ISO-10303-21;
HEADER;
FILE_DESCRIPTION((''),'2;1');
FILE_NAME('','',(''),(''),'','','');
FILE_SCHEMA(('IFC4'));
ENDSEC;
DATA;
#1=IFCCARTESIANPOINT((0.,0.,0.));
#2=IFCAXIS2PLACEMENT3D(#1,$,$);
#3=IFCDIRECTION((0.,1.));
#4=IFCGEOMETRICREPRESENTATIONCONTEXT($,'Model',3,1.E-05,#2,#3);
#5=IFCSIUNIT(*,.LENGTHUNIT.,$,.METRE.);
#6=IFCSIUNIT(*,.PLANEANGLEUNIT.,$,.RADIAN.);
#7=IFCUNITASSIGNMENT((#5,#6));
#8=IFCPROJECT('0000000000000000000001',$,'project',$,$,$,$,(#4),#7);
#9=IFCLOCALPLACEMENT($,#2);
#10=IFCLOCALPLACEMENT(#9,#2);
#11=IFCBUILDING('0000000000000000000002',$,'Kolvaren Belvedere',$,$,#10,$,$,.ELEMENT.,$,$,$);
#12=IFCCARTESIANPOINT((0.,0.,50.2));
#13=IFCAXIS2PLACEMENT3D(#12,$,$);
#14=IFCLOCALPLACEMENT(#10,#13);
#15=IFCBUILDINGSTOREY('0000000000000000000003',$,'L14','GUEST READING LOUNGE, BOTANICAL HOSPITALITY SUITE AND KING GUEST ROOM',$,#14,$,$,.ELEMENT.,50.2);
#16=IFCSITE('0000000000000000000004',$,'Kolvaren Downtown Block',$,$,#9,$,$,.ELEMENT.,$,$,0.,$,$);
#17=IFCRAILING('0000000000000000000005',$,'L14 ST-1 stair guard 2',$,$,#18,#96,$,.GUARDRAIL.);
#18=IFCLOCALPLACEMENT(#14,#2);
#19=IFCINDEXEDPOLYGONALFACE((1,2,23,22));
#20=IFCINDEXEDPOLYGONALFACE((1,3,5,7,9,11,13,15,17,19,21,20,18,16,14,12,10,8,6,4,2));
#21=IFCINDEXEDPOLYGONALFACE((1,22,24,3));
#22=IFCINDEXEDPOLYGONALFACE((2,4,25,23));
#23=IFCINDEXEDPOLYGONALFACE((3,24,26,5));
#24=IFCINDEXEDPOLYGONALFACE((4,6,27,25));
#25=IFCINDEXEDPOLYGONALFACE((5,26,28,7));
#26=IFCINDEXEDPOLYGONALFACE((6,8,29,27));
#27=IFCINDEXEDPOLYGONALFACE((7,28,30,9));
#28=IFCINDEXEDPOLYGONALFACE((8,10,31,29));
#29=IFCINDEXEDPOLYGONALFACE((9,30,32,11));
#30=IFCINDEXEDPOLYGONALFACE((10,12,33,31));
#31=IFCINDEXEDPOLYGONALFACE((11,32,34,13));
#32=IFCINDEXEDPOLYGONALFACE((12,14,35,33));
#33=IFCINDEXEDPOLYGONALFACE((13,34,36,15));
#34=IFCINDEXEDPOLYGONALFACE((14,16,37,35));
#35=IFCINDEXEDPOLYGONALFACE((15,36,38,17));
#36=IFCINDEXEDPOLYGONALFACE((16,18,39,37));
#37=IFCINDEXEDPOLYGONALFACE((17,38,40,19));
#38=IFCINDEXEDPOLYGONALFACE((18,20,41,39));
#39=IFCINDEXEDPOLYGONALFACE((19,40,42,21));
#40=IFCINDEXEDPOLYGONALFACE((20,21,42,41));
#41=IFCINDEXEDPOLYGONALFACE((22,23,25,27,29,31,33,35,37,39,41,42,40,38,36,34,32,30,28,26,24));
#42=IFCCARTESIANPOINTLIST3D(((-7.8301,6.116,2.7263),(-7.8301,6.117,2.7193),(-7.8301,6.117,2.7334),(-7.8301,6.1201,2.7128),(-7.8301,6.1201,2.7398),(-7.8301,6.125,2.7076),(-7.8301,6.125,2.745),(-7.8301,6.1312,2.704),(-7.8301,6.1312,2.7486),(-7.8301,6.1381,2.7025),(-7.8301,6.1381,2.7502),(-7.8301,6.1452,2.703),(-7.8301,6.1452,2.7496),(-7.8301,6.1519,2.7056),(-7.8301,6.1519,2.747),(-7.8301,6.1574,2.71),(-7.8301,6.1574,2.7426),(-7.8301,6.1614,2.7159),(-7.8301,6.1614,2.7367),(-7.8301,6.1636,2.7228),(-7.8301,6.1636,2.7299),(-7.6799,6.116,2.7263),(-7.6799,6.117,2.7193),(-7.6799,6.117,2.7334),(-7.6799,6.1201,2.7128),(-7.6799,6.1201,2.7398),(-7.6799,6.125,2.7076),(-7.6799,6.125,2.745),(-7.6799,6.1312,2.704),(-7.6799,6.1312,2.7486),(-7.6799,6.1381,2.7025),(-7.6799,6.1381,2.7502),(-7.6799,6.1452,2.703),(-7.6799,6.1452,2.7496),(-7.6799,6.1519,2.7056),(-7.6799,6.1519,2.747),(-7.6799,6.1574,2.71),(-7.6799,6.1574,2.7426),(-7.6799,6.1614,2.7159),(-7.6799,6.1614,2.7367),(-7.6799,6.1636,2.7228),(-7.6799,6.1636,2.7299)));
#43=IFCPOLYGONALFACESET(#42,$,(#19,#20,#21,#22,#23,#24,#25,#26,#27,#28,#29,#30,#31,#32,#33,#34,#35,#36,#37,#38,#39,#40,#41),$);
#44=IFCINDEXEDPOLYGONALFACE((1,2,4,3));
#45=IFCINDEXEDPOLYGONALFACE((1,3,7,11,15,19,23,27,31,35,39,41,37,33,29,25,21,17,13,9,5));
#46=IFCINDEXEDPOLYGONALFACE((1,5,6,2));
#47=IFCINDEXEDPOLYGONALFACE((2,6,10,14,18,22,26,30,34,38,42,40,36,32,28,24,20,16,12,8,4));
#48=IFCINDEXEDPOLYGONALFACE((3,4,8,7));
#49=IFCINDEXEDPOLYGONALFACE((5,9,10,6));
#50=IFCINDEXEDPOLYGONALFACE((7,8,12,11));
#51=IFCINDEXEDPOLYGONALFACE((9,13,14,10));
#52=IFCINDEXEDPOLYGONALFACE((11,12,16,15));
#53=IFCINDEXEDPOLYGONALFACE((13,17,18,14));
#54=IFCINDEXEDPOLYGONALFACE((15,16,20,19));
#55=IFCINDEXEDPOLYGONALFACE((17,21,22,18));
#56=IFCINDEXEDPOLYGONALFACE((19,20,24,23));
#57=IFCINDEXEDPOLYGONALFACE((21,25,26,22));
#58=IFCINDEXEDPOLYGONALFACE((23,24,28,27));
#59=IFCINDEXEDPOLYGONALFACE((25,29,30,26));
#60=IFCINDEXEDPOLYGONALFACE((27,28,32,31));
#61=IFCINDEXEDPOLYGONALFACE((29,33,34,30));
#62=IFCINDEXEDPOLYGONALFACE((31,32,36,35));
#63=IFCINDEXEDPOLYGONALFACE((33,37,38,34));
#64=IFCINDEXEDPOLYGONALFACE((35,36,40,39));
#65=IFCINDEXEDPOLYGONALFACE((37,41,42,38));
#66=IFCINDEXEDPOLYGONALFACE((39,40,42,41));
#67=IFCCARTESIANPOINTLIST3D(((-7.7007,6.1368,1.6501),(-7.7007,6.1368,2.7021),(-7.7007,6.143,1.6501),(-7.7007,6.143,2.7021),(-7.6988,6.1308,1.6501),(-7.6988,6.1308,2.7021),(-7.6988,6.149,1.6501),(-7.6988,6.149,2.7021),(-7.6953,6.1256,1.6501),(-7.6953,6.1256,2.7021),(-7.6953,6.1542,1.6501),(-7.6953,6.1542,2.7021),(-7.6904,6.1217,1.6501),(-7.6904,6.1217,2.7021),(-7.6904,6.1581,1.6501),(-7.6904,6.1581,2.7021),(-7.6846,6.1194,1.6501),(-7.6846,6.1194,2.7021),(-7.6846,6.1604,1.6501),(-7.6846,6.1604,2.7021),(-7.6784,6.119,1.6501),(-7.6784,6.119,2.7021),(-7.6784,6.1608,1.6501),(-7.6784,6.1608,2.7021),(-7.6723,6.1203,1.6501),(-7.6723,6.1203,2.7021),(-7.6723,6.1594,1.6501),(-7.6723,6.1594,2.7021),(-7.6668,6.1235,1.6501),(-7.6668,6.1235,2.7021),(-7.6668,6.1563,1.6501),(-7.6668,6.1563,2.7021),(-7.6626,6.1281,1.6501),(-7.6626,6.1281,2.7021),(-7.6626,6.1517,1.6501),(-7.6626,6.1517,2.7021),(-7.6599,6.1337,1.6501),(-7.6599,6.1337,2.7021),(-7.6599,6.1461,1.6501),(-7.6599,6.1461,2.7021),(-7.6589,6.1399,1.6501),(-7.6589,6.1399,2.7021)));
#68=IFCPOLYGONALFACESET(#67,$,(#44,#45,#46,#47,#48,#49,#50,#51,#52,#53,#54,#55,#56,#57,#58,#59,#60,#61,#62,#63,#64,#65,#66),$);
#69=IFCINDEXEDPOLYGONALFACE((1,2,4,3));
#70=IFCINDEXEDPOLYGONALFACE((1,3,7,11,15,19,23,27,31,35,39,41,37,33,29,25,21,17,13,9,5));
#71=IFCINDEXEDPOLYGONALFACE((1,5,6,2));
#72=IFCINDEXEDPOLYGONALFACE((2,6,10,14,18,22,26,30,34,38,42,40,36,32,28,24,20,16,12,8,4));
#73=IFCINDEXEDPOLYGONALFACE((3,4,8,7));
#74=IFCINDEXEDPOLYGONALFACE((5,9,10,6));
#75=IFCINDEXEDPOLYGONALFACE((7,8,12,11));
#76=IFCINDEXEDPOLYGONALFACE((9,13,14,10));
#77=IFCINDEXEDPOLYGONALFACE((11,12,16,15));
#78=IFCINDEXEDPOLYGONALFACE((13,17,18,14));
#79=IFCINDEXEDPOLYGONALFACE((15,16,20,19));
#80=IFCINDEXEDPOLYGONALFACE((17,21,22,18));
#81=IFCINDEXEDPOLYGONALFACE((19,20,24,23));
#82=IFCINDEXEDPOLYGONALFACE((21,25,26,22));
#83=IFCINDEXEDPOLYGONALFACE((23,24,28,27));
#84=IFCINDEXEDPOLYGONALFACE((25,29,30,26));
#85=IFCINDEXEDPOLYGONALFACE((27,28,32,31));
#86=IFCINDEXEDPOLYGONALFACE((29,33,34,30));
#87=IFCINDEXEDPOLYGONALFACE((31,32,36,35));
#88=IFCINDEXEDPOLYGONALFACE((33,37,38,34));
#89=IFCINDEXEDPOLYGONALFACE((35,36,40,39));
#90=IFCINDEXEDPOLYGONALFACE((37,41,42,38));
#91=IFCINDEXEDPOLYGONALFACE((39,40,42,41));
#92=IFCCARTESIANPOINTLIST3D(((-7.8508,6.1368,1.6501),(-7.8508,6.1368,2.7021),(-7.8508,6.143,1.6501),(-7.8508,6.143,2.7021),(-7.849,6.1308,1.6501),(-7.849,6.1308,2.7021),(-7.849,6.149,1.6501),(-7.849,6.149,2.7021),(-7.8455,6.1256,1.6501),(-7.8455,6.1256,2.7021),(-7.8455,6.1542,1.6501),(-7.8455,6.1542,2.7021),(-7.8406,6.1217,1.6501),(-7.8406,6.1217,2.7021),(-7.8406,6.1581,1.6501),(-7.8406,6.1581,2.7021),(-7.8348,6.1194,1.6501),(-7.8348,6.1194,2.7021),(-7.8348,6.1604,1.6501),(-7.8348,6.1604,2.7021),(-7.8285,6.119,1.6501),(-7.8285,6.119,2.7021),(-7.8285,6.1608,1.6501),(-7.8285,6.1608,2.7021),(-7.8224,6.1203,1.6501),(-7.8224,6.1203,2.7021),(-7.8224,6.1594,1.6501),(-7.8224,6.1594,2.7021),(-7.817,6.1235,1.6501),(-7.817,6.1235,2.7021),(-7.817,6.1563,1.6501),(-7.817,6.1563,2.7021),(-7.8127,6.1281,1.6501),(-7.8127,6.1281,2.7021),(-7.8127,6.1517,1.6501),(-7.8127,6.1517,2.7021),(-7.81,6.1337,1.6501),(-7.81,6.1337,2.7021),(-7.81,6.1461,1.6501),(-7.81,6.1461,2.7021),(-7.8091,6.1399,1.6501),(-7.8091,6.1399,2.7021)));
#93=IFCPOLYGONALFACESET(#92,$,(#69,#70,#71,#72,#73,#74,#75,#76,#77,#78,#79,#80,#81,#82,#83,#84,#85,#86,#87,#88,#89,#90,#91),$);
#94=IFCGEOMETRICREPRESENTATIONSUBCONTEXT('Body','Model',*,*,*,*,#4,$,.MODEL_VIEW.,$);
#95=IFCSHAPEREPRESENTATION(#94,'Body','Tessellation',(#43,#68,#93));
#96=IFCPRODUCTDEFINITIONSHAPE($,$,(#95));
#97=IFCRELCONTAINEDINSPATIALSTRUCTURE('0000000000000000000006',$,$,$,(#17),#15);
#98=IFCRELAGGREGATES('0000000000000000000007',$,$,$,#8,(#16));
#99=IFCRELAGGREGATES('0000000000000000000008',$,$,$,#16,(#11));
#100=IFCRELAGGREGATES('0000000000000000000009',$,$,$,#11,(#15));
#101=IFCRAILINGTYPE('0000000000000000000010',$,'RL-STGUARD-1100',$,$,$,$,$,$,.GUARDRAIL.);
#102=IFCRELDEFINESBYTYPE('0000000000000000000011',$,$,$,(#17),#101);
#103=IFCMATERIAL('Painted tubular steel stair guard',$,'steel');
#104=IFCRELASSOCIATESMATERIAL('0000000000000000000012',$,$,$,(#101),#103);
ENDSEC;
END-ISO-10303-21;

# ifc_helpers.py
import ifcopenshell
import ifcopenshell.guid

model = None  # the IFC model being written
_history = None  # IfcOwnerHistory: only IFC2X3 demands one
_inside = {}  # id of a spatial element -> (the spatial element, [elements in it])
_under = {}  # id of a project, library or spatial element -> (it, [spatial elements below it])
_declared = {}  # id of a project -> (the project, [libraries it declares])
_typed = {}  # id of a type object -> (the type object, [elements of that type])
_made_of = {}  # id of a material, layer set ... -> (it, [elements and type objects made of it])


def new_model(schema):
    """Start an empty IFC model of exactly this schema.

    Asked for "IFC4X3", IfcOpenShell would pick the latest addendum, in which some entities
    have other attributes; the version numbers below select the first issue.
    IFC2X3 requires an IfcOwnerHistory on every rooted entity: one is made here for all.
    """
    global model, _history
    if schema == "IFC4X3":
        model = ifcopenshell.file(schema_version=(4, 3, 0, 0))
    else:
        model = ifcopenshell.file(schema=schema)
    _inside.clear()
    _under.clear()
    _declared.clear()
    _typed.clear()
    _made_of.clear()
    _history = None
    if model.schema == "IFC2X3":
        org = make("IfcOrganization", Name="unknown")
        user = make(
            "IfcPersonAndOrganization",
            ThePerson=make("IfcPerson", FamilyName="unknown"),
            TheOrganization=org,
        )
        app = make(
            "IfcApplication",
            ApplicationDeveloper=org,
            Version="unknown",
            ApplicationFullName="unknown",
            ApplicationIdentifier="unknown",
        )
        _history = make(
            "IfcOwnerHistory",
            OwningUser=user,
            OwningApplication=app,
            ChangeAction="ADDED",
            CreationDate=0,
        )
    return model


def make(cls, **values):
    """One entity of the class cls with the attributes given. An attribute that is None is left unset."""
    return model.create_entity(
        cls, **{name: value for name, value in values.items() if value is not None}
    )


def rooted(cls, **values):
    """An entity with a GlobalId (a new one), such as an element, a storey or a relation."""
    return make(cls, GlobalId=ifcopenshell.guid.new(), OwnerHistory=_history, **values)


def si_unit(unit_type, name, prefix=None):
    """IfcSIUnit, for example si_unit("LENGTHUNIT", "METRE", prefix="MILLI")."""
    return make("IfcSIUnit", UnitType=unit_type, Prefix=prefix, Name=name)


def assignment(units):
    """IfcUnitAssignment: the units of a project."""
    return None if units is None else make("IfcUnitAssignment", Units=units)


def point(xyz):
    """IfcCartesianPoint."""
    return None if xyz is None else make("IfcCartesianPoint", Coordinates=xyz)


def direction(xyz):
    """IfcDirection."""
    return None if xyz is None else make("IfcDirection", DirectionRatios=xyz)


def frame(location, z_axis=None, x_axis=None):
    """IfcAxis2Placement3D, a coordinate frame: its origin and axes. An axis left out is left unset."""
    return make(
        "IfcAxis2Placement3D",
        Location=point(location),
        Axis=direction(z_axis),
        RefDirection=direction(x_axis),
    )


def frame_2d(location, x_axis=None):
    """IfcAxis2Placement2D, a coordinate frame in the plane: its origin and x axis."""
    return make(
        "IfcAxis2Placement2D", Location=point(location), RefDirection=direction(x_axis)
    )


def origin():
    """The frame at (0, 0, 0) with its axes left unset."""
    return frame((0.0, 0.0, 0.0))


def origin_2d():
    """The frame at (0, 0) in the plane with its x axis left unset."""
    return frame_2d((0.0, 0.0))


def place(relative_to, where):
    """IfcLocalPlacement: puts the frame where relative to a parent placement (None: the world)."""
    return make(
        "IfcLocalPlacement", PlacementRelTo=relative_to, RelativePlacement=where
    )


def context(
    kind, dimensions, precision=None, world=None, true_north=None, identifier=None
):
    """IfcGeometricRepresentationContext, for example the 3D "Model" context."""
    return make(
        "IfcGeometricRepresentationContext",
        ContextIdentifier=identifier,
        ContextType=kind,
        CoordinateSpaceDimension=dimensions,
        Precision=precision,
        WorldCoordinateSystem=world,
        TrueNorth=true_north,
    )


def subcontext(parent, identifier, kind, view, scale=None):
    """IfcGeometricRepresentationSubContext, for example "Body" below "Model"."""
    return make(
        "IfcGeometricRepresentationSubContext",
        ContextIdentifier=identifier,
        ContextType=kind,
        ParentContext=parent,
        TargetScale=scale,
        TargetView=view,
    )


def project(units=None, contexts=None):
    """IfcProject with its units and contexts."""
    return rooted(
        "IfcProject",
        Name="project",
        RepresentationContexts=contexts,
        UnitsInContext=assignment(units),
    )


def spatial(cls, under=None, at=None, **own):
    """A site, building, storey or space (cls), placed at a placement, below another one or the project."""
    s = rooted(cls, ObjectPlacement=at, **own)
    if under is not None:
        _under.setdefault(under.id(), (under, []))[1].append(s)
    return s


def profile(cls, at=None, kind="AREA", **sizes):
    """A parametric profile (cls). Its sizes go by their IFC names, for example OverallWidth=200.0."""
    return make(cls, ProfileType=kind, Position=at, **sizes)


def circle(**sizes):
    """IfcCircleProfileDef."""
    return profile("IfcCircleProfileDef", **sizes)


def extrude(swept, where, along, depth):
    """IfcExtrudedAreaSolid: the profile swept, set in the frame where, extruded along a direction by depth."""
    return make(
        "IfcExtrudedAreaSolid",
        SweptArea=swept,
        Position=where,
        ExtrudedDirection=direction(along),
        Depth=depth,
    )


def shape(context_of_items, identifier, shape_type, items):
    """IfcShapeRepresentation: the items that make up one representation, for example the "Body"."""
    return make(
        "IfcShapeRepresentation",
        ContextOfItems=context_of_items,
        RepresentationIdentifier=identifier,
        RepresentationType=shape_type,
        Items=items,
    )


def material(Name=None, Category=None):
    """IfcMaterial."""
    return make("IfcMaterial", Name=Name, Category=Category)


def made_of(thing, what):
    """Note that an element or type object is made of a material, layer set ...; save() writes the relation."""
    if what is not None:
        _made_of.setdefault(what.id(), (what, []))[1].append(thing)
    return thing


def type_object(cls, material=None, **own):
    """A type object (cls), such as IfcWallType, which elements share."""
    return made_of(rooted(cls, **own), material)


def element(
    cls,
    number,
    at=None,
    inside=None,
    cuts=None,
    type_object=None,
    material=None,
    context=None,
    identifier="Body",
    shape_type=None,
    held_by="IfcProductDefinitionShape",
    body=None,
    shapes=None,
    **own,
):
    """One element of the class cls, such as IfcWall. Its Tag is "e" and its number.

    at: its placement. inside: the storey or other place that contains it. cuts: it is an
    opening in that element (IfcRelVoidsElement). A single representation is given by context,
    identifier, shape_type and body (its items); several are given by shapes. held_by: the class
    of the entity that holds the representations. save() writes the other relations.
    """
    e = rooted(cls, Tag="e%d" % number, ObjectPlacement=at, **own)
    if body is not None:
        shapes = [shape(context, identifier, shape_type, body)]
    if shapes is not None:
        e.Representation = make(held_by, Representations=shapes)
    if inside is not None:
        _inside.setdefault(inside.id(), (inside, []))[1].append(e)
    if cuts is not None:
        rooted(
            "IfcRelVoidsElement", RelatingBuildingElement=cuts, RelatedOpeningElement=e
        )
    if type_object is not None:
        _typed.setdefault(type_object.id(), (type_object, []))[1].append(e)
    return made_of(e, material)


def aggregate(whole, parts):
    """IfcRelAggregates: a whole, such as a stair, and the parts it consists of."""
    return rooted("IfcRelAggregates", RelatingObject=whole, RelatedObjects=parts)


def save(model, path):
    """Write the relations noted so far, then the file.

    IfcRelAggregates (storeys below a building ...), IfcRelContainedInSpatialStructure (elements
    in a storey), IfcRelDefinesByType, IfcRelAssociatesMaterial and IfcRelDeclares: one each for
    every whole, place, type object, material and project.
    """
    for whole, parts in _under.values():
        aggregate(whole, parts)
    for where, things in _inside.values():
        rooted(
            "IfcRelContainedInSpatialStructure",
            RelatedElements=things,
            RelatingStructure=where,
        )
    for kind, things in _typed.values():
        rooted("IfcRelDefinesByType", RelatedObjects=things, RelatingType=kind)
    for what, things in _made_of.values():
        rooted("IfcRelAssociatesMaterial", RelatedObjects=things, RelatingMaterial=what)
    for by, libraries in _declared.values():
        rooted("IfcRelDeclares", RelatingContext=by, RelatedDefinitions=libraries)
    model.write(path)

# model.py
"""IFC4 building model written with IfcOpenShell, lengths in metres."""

from ifc_helpers import new_model, si_unit, direction, frame, origin, origin_2d, place, context, subcontext, project, spatial, circle, extrude, material, type_object, element, save


model = new_model("IFC4")

# Units and contexts
model_context = context("Model", 3, precision=1e-05, world=origin(), true_north=direction((0.0, 1.0)))
body_context = subcontext(model_context, "Body", "Model", "MODEL_VIEW")
ifc_project = project(units=[si_unit("LENGTHUNIT", "METRE"), si_unit("PLANEANGLEUNIT", "RADIAN")], contexts=[model_context])

# Site, building, storey
site_placement = place(None, origin())
site = spatial("IfcSite", under=ifc_project, at=site_placement, Name="Kolvaren Downtown Block", CompositionType="ELEMENT", RefElevation=0.0)
building_placement = place(site_placement, origin())
building = spatial("IfcBuilding", under=site, at=building_placement, Name="Kolvaren Belvedere", CompositionType="ELEMENT")
storey_placement = place(building_placement, frame((0.0, 0.0, 50.2)))
storey = spatial("IfcBuildingStorey", under=building, at=storey_placement, Name="L14", Description="GUEST READING LOUNGE, BOTANICAL HOSPITALITY SUITE AND KING GUEST ROOM", CompositionType="ELEMENT", Elevation=50.2)

# Railing
ifc_material_1 = material(Name="Painted tubular steel stair guard", Category="steel")
railing_type_1 = type_object("IfcRailingType", Name="RL-STGUARD-1100", PredefinedType="GUARDRAIL", material=ifc_material_1)
railing_1_placement = place(storey_placement, frame((-7.6799, 6.1399, 1.6501)))
element("IfcRailing", 1, at=railing_1_placement, inside=storey, type_object=railing_type_1, Name="L14 ST-1 stair guard 2", PredefinedType="GUARDRAIL", context=body_context, shape_type="SweptSolid", body=[
    extrude(circle(Radius=0.0239, at=origin_2d()), frame((0.0, 0.0, 1.0762), z_axis=(-1.0, 0.0, 0.0), x_axis=(0.0, -1.0, 0.0)), (0.0, 0.0, 1.0), 0.1501),
    extrude(circle(Radius=0.021, at=origin_2d()), origin(), (0.0, 0.0, 1.0), 1.052),
    extrude(circle(Radius=0.021, at=origin_2d()), frame((-0.1501, 0.0, 0.0)), (0.0, 0.0, 1.0), 1.052),
])

save(model, "model.ifc")
